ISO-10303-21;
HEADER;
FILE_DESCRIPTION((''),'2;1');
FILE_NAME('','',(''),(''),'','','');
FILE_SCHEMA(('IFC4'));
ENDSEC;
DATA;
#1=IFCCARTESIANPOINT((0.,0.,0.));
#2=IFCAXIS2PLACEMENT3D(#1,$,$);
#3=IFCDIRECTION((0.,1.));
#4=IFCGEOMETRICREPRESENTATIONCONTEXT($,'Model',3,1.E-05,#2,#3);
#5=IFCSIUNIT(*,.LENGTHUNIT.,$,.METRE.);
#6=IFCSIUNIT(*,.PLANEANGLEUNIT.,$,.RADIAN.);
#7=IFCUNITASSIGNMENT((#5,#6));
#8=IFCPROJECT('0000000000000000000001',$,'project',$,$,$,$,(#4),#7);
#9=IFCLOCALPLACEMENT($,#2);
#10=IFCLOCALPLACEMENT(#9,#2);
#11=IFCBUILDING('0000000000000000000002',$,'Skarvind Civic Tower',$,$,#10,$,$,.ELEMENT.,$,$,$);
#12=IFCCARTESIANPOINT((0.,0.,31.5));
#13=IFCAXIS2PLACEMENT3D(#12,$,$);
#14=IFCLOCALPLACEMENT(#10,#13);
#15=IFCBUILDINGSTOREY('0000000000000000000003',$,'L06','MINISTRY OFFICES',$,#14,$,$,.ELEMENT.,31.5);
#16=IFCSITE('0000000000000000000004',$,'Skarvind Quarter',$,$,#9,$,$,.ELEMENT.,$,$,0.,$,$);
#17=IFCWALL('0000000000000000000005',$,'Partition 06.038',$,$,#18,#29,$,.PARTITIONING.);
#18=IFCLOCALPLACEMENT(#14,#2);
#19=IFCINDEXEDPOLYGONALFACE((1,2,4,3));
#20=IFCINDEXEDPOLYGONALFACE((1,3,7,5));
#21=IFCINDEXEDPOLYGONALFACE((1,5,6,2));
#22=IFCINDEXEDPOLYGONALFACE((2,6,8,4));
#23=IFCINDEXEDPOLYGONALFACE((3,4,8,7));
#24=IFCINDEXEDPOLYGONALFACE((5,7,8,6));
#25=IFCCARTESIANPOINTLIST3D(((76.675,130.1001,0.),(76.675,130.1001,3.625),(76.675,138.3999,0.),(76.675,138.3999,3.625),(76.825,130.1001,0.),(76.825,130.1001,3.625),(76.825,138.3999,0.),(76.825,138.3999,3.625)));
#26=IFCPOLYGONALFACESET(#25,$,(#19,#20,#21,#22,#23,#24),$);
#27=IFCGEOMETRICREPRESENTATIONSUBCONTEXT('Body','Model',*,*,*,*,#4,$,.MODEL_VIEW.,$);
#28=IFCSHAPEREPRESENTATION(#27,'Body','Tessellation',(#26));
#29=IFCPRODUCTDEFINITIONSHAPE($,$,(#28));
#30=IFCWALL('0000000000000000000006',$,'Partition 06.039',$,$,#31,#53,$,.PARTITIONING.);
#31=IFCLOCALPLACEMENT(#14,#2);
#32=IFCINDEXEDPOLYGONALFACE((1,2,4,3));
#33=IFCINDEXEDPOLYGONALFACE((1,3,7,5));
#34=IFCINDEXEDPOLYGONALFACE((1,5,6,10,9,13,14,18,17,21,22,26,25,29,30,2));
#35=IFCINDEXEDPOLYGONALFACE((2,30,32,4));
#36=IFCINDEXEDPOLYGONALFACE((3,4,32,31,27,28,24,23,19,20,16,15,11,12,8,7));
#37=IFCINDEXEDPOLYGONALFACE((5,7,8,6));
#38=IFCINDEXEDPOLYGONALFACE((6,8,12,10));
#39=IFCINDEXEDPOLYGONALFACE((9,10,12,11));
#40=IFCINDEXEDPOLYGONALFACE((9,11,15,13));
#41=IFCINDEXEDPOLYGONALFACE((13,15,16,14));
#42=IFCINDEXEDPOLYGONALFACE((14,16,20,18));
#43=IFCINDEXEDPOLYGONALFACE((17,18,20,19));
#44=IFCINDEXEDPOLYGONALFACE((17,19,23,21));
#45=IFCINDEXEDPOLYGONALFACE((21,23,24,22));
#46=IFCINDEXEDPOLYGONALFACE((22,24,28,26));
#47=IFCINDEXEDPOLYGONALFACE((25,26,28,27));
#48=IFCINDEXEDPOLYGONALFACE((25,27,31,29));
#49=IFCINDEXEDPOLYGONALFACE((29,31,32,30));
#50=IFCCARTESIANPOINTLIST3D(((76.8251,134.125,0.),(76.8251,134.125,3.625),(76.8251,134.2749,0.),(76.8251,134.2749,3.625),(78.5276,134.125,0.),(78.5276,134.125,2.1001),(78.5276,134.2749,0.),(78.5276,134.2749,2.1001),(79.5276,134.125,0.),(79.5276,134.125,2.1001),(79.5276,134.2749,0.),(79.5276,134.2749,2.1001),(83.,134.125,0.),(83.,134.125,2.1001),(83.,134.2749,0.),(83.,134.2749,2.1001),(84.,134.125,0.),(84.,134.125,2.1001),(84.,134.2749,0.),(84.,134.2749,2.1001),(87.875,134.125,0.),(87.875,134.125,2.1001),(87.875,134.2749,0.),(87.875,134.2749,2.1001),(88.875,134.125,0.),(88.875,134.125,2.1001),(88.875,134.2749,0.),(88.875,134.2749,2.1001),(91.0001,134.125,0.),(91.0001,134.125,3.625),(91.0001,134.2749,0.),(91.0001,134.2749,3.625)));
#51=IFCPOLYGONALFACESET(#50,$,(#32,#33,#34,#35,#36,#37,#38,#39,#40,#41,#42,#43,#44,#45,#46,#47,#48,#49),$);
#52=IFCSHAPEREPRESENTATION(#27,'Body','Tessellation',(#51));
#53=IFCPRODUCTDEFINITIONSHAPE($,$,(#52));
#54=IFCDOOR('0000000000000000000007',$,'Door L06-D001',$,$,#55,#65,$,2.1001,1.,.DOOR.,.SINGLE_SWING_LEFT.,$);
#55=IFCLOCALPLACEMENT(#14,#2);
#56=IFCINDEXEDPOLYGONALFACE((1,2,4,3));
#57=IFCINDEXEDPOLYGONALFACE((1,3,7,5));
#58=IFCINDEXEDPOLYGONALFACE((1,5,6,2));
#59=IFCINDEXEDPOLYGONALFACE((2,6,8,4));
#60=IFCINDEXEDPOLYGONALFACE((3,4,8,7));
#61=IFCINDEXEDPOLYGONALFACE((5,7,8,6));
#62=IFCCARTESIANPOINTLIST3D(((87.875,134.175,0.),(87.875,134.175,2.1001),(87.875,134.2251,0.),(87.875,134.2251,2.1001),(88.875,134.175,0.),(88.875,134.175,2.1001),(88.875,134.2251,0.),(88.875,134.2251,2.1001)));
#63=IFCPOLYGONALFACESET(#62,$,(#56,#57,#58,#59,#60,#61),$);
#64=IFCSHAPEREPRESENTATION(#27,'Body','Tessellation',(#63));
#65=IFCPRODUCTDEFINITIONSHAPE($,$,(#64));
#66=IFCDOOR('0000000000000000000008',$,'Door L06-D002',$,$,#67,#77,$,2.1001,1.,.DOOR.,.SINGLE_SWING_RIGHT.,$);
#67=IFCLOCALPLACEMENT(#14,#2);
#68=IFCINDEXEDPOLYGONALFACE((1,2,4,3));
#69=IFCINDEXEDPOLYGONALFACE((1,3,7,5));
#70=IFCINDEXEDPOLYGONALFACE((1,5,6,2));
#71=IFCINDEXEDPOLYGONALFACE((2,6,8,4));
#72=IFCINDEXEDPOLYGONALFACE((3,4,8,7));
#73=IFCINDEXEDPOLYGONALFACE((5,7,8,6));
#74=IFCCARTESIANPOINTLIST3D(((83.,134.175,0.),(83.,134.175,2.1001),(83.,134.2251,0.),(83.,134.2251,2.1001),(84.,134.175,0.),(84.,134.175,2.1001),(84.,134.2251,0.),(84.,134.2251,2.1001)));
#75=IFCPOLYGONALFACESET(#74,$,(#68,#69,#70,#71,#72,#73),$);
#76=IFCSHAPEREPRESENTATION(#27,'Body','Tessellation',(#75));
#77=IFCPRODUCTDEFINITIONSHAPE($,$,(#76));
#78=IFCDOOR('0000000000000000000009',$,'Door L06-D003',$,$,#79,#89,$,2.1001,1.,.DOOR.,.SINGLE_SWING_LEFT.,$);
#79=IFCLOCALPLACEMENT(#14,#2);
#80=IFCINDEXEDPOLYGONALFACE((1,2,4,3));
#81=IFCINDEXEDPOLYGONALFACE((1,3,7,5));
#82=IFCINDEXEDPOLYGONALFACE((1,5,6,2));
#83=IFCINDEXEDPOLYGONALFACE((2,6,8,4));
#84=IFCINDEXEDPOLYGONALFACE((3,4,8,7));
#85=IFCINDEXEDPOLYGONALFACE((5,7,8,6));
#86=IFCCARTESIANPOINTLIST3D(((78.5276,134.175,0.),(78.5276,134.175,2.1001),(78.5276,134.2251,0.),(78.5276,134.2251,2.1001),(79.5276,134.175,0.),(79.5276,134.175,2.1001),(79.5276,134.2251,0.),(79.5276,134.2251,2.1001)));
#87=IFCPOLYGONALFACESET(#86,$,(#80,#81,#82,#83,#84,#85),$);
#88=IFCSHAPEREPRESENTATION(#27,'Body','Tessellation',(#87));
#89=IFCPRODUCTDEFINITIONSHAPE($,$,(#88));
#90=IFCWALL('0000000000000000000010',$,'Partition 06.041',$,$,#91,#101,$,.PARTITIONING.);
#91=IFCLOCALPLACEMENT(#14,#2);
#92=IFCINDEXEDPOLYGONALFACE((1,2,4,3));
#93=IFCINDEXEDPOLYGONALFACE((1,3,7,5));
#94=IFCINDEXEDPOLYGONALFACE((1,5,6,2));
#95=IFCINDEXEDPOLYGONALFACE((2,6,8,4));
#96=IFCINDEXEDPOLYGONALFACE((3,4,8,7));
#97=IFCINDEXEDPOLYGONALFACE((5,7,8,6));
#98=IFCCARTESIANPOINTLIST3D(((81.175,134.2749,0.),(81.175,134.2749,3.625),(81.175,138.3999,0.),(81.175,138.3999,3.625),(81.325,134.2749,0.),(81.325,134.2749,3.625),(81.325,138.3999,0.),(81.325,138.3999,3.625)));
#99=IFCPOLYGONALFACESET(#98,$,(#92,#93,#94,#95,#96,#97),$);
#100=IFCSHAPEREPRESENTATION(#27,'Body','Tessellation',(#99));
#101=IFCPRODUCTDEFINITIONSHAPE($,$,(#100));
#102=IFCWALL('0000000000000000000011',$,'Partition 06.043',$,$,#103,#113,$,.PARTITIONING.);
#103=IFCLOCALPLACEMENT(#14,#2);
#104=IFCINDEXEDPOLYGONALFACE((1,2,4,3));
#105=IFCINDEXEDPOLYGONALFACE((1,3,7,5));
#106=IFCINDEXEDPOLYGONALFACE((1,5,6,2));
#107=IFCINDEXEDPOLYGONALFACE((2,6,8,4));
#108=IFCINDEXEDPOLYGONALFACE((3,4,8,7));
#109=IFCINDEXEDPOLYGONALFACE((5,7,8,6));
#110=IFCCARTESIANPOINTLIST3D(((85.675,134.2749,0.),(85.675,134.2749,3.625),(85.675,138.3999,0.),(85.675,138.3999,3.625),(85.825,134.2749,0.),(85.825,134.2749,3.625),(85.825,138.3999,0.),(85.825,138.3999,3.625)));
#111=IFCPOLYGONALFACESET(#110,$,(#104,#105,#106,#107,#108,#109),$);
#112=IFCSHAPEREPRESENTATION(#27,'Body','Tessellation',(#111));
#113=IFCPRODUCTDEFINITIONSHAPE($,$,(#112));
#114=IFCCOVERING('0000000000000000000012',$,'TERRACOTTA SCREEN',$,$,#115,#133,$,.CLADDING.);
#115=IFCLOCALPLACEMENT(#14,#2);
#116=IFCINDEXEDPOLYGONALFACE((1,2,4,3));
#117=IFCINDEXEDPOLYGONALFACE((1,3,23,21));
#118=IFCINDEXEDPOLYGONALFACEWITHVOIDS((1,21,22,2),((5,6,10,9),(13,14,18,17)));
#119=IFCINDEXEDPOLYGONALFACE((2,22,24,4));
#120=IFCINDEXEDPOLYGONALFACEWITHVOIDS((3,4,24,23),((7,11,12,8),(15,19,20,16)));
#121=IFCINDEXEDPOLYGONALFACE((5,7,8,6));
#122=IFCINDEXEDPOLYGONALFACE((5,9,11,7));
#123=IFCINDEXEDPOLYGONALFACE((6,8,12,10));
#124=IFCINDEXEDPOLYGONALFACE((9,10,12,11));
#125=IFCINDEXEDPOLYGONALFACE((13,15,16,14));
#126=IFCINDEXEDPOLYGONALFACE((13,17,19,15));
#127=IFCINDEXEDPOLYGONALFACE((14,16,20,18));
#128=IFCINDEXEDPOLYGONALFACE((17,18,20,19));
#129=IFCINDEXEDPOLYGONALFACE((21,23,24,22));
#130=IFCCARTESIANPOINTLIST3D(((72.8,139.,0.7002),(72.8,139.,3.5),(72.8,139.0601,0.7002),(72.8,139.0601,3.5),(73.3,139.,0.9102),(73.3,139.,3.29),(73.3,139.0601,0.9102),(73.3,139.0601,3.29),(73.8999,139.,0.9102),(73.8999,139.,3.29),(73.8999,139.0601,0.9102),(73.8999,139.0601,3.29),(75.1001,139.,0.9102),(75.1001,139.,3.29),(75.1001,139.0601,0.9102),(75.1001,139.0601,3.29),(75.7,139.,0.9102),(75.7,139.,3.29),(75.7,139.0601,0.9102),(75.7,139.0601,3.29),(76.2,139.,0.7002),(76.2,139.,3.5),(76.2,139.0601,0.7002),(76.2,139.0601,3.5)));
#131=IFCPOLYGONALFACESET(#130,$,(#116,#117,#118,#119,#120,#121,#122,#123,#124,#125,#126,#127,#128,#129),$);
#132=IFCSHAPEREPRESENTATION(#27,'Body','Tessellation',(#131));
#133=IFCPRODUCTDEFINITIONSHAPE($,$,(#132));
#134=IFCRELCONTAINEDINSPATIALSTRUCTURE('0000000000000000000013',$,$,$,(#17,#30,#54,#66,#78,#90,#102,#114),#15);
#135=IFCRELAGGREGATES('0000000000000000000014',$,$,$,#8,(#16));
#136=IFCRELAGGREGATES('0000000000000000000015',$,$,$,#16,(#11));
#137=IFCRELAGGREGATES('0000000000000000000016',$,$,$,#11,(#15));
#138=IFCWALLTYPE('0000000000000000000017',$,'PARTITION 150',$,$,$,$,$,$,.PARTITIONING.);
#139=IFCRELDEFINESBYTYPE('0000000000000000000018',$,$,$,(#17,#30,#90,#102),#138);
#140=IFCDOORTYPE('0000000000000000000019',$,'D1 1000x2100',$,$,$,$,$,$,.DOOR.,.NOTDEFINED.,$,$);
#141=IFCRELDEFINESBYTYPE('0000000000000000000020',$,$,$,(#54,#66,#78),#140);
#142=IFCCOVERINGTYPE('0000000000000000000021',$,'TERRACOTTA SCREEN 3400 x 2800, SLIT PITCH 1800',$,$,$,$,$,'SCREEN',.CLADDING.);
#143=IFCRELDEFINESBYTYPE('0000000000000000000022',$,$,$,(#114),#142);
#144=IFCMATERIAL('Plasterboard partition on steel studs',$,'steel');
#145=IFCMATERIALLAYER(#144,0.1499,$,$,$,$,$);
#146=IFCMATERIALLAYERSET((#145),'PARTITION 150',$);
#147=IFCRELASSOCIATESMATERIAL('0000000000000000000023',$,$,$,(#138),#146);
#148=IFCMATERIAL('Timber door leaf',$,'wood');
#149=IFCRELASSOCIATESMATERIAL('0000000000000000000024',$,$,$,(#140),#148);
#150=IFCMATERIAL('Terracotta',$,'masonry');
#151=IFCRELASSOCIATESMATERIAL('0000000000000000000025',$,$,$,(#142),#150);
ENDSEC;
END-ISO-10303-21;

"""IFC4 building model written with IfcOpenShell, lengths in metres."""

from ifc_helpers import new_model, si_unit, direction, frame, frame_2d, origin, place, context, subcontext, project, spatial, polyline, rectangle, outline, extrude, material, layer, layer_set, material_profile, profile_set, type_object, element, fill, save


model = new_model("IFC4")

# Units and contexts
model_context = context("Model", 3, precision=1e-05, world=origin(), true_north=direction((0.0, 1.0)))
body_context = subcontext(model_context, "Body", "Model", "MODEL_VIEW")
ifc_project = project(units=[si_unit("LENGTHUNIT", "METRE"), si_unit("PLANEANGLEUNIT", "RADIAN")], contexts=[model_context])

# Site, building, storey
site_placement = place(None, origin())
site = spatial("IfcSite", under=ifc_project, at=site_placement, Name="Skarvind Quarter", CompositionType="ELEMENT", RefElevation=0.0)
building_placement = place(site_placement, origin())
building = spatial("IfcBuilding", under=site, at=building_placement, Name="Skarvind Civic Tower", CompositionType="ELEMENT")
storey_placement = place(building_placement, frame((0.0, 0.0, 31.5)))
storey = spatial("IfcBuildingStorey", under=building, at=storey_placement, Name="L06", Description="MINISTRY OFFICES", CompositionType="ELEMENT", Elevation=31.5)

# Wall
ifc_material_1 = material(Name="Plasterboard partition on steel studs", Category="steel")
ifc_layer_1 = layer(ifc_material_1, 0.1499)
ifc_layer_set_1 = layer_set([ifc_layer_1], Name="PARTITION 150")
wall_type_1 = type_object("IfcWallType", Name="PARTITION 150", PredefinedType="PARTITIONING", material=ifc_layer_set_1)
wall_1_placement = place(storey_placement, frame((76.75, 130.1001, 0.0), z_axis=(0.0, 0.0, 1.0), x_axis=(0.0, 1.0, 0.0)))
element("IfcWall", 1, at=wall_1_placement, inside=storey, type_object=wall_type_1, Name="Partition 06.038", PredefinedType="PARTITIONING", context=body_context, shape_type="SweptSolid", body=[
    extrude(rectangle(XDim=8.2998, YDim=0.1499, at=frame_2d((4.1499, 0.0))), origin(), (0.0, 0.0, 1.0), 3.625),
])

# Wall, openings, doors
wall_2_placement = place(storey_placement, frame((91.0, 134.2, 0.0), z_axis=(0.0, 0.0, 1.0), x_axis=(-1.0, 0.0, 0.0)))
wall_2 = element("IfcWall", 2, at=wall_2_placement, inside=storey, type_object=wall_type_1, Name="Partition 06.039", PredefinedType="PARTITIONING", context=body_context, shape_type="SweptSolid", body=[
    extrude(rectangle(XDim=14.175, YDim=0.1499, at=frame_2d((7.0874, 0.0))), origin(), (0.0, 0.0, 1.0), 3.625),
])
opening_1_placement = place(wall_2_placement, frame((2.125, 0.0, 0.0)))
opening_1 = element("IfcOpeningElement", 3, at=opening_1_placement, cuts=wall_2, PredefinedType="OPENING", context=body_context, shape_type="SweptSolid", body=[
    extrude(rectangle(XDim=1.0, YDim=2.1001, at=frame_2d((0.5, 1.05))), frame((0.0, 0.085, 0.0), z_axis=(0.0, -1.0, 0.0), x_axis=(1.0, 0.0, 0.0)), (0.0, 0.0, 1.0), 0.1699),
])
opening_2_placement = place(wall_2_placement, frame((7.0, 0.0, 0.0)))
opening_2 = element("IfcOpeningElement", 4, at=opening_2_placement, cuts=wall_2, PredefinedType="OPENING", context=body_context, shape_type="SweptSolid", body=[
    extrude(rectangle(XDim=1.0, YDim=2.1001, at=frame_2d((0.5, 1.05))), frame((0.0, 0.085, 0.0), z_axis=(0.0, -1.0, 0.0), x_axis=(1.0, 0.0, 0.0)), (0.0, 0.0, 1.0), 0.1699),
])
opening_3_placement = place(wall_2_placement, frame((11.4724, 0.0, 0.0)))
opening_3 = element("IfcOpeningElement", 5, at=opening_3_placement, cuts=wall_2, PredefinedType="OPENING", context=body_context, shape_type="SweptSolid", body=[
    extrude(rectangle(XDim=1.0, YDim=2.1001, at=frame_2d((0.5, 1.05))), frame((0.0, 0.085, 0.0), z_axis=(0.0, -1.0, 0.0), x_axis=(1.0, 0.0, 0.0)), (0.0, 0.0, 1.0), 0.1699),
])
ifc_material_2 = material(Name="Timber door leaf", Category="wood")
door_type_1 = type_object("IfcDoorType", Name="D1 1000x2100", OperationType="NOTDEFINED", PredefinedType="DOOR", material=ifc_material_2)
door_1_placement = place(opening_1_placement, origin())
door_1 = element("IfcDoor", 6, at=door_1_placement, inside=storey, type_object=door_type_1, Name="Door L06-D001", OperationType="SINGLE_SWING_LEFT", OverallHeight=2.1001, OverallWidth=1.0, PredefinedType="DOOR", context=body_context, shape_type="SweptSolid", body=[
    extrude(rectangle(XDim=1.0, YDim=2.1001, at=frame_2d((0.5, 1.05))), frame((0.0, 0.0249, 0.0), z_axis=(0.0, -1.0, 0.0), x_axis=(1.0, 0.0, 0.0)), (0.0, 0.0, 1.0), 0.05),
])
fill(opening_1, door_1)
door_2_placement = place(opening_2_placement, origin())
door_2 = element("IfcDoor", 7, at=door_2_placement, inside=storey, type_object=door_type_1, Name="Door L06-D002", OperationType="SINGLE_SWING_RIGHT", OverallHeight=2.1001, OverallWidth=1.0, PredefinedType="DOOR", context=body_context, shape_type="SweptSolid", body=[
    extrude(rectangle(XDim=1.0, YDim=2.1001, at=frame_2d((0.5, 1.05))), frame((0.0, 0.0249, 0.0), z_axis=(0.0, -1.0, 0.0), x_axis=(1.0, 0.0, 0.0)), (0.0, 0.0, 1.0), 0.05),
])
fill(opening_2, door_2)
door_3_placement = place(opening_3_placement, origin())
door_3 = element("IfcDoor", 8, at=door_3_placement, inside=storey, type_object=door_type_1, Name="Door L06-D003", OperationType="SINGLE_SWING_LEFT", OverallHeight=2.1001, OverallWidth=1.0, PredefinedType="DOOR", context=body_context, shape_type="SweptSolid", body=[
    extrude(rectangle(XDim=1.0, YDim=2.1001, at=frame_2d((0.5, 1.05))), frame((0.0, 0.0249, 0.0), z_axis=(0.0, -1.0, 0.0), x_axis=(1.0, 0.0, 0.0)), (0.0, 0.0, 1.0), 0.05),
])
fill(opening_3, door_3)

# Walls
for number, where, z_axis, x_axis, name in (
    (9, (81.25, 134.2749, 0.0), (0.0, 0.0, 1.0), (0.0, 1.0, 0.0), "Partition 06.041"),
    (10, (85.75, 134.2749, 0.0), (0.0, 0.0, 1.0), (0.0, 1.0, 0.0), "Partition 06.043"),
):
    element("IfcWall", number, at=place(storey_placement, frame(where, z_axis=z_axis, x_axis=x_axis)), inside=storey, type_object=wall_type_1, Name=name, PredefinedType="PARTITIONING", context=body_context, shape_type="SweptSolid", body=[
        extrude(rectangle(XDim=4.125, YDim=0.1499, at=frame_2d((2.0625, 0.0))), origin(), (0.0, 0.0, 1.0), 3.625),
    ])

# Covering
ifc_material_3 = material(Name="Terracotta", Category="masonry")
ifc_material_profile_1 = material_profile(ifc_material_3, outline(polyline([(-1.7, -1.3999), (1.7, -1.3999), (1.7, 1.3999), (-1.7, 1.3999), (-1.7, -1.3999)]), holes=[polyline([(-1.2, -1.1899), (-0.6001, -1.1899), (-0.6001, 1.1899), (-1.2, 1.1899), (-1.2, -1.1899)]), polyline([(0.6001, -1.1899), (1.2, -1.1899), (1.2, 1.1899), (0.6001, 1.1899), (0.6001, -1.1899)])]), Name="TERRACOTTA SCREEN 3400 x 2800, SLIT PITCH 1800")
ifc_profile_set_1 = profile_set([ifc_material_profile_1], Name="Terracotta")
covering_type = type_object("IfcCoveringType", Name="TERRACOTTA SCREEN 3400 x 2800, SLIT PITCH 1800", ElementType="SCREEN", PredefinedType="CLADDING", material=ifc_profile_set_1)
covering_placement = place(storey_placement, frame((74.5, 139.0, 2.1001), z_axis=(0.0, 1.0, 0.0), x_axis=(-1.0, 0.0, 0.0)))
element("IfcCovering", 11, at=covering_placement, inside=storey, type_object=covering_type, Name="TERRACOTTA SCREEN", PredefinedType="CLADDING", context=body_context, shape_type="SweptSolid", body=[
    extrude(outline(polyline([(-1.7, -1.3999), (1.7, -1.3999), (1.7, 1.3999), (-1.7, 1.3999), (-1.7, -1.3999)]), holes=[polyline([(-1.2, -1.1899), (-0.6001, -1.1899), (-0.6001, 1.1899), (-1.2, 1.1899), (-1.2, -1.1899)]), polyline([(0.6001, -1.1899), (1.2, -1.1899), (1.2, 1.1899), (0.6001, 1.1899), (0.6001, -1.1899)])]), origin(), (0.0, 0.0, 1.0), 0.0601),
])

save(model, "model.ifc")
